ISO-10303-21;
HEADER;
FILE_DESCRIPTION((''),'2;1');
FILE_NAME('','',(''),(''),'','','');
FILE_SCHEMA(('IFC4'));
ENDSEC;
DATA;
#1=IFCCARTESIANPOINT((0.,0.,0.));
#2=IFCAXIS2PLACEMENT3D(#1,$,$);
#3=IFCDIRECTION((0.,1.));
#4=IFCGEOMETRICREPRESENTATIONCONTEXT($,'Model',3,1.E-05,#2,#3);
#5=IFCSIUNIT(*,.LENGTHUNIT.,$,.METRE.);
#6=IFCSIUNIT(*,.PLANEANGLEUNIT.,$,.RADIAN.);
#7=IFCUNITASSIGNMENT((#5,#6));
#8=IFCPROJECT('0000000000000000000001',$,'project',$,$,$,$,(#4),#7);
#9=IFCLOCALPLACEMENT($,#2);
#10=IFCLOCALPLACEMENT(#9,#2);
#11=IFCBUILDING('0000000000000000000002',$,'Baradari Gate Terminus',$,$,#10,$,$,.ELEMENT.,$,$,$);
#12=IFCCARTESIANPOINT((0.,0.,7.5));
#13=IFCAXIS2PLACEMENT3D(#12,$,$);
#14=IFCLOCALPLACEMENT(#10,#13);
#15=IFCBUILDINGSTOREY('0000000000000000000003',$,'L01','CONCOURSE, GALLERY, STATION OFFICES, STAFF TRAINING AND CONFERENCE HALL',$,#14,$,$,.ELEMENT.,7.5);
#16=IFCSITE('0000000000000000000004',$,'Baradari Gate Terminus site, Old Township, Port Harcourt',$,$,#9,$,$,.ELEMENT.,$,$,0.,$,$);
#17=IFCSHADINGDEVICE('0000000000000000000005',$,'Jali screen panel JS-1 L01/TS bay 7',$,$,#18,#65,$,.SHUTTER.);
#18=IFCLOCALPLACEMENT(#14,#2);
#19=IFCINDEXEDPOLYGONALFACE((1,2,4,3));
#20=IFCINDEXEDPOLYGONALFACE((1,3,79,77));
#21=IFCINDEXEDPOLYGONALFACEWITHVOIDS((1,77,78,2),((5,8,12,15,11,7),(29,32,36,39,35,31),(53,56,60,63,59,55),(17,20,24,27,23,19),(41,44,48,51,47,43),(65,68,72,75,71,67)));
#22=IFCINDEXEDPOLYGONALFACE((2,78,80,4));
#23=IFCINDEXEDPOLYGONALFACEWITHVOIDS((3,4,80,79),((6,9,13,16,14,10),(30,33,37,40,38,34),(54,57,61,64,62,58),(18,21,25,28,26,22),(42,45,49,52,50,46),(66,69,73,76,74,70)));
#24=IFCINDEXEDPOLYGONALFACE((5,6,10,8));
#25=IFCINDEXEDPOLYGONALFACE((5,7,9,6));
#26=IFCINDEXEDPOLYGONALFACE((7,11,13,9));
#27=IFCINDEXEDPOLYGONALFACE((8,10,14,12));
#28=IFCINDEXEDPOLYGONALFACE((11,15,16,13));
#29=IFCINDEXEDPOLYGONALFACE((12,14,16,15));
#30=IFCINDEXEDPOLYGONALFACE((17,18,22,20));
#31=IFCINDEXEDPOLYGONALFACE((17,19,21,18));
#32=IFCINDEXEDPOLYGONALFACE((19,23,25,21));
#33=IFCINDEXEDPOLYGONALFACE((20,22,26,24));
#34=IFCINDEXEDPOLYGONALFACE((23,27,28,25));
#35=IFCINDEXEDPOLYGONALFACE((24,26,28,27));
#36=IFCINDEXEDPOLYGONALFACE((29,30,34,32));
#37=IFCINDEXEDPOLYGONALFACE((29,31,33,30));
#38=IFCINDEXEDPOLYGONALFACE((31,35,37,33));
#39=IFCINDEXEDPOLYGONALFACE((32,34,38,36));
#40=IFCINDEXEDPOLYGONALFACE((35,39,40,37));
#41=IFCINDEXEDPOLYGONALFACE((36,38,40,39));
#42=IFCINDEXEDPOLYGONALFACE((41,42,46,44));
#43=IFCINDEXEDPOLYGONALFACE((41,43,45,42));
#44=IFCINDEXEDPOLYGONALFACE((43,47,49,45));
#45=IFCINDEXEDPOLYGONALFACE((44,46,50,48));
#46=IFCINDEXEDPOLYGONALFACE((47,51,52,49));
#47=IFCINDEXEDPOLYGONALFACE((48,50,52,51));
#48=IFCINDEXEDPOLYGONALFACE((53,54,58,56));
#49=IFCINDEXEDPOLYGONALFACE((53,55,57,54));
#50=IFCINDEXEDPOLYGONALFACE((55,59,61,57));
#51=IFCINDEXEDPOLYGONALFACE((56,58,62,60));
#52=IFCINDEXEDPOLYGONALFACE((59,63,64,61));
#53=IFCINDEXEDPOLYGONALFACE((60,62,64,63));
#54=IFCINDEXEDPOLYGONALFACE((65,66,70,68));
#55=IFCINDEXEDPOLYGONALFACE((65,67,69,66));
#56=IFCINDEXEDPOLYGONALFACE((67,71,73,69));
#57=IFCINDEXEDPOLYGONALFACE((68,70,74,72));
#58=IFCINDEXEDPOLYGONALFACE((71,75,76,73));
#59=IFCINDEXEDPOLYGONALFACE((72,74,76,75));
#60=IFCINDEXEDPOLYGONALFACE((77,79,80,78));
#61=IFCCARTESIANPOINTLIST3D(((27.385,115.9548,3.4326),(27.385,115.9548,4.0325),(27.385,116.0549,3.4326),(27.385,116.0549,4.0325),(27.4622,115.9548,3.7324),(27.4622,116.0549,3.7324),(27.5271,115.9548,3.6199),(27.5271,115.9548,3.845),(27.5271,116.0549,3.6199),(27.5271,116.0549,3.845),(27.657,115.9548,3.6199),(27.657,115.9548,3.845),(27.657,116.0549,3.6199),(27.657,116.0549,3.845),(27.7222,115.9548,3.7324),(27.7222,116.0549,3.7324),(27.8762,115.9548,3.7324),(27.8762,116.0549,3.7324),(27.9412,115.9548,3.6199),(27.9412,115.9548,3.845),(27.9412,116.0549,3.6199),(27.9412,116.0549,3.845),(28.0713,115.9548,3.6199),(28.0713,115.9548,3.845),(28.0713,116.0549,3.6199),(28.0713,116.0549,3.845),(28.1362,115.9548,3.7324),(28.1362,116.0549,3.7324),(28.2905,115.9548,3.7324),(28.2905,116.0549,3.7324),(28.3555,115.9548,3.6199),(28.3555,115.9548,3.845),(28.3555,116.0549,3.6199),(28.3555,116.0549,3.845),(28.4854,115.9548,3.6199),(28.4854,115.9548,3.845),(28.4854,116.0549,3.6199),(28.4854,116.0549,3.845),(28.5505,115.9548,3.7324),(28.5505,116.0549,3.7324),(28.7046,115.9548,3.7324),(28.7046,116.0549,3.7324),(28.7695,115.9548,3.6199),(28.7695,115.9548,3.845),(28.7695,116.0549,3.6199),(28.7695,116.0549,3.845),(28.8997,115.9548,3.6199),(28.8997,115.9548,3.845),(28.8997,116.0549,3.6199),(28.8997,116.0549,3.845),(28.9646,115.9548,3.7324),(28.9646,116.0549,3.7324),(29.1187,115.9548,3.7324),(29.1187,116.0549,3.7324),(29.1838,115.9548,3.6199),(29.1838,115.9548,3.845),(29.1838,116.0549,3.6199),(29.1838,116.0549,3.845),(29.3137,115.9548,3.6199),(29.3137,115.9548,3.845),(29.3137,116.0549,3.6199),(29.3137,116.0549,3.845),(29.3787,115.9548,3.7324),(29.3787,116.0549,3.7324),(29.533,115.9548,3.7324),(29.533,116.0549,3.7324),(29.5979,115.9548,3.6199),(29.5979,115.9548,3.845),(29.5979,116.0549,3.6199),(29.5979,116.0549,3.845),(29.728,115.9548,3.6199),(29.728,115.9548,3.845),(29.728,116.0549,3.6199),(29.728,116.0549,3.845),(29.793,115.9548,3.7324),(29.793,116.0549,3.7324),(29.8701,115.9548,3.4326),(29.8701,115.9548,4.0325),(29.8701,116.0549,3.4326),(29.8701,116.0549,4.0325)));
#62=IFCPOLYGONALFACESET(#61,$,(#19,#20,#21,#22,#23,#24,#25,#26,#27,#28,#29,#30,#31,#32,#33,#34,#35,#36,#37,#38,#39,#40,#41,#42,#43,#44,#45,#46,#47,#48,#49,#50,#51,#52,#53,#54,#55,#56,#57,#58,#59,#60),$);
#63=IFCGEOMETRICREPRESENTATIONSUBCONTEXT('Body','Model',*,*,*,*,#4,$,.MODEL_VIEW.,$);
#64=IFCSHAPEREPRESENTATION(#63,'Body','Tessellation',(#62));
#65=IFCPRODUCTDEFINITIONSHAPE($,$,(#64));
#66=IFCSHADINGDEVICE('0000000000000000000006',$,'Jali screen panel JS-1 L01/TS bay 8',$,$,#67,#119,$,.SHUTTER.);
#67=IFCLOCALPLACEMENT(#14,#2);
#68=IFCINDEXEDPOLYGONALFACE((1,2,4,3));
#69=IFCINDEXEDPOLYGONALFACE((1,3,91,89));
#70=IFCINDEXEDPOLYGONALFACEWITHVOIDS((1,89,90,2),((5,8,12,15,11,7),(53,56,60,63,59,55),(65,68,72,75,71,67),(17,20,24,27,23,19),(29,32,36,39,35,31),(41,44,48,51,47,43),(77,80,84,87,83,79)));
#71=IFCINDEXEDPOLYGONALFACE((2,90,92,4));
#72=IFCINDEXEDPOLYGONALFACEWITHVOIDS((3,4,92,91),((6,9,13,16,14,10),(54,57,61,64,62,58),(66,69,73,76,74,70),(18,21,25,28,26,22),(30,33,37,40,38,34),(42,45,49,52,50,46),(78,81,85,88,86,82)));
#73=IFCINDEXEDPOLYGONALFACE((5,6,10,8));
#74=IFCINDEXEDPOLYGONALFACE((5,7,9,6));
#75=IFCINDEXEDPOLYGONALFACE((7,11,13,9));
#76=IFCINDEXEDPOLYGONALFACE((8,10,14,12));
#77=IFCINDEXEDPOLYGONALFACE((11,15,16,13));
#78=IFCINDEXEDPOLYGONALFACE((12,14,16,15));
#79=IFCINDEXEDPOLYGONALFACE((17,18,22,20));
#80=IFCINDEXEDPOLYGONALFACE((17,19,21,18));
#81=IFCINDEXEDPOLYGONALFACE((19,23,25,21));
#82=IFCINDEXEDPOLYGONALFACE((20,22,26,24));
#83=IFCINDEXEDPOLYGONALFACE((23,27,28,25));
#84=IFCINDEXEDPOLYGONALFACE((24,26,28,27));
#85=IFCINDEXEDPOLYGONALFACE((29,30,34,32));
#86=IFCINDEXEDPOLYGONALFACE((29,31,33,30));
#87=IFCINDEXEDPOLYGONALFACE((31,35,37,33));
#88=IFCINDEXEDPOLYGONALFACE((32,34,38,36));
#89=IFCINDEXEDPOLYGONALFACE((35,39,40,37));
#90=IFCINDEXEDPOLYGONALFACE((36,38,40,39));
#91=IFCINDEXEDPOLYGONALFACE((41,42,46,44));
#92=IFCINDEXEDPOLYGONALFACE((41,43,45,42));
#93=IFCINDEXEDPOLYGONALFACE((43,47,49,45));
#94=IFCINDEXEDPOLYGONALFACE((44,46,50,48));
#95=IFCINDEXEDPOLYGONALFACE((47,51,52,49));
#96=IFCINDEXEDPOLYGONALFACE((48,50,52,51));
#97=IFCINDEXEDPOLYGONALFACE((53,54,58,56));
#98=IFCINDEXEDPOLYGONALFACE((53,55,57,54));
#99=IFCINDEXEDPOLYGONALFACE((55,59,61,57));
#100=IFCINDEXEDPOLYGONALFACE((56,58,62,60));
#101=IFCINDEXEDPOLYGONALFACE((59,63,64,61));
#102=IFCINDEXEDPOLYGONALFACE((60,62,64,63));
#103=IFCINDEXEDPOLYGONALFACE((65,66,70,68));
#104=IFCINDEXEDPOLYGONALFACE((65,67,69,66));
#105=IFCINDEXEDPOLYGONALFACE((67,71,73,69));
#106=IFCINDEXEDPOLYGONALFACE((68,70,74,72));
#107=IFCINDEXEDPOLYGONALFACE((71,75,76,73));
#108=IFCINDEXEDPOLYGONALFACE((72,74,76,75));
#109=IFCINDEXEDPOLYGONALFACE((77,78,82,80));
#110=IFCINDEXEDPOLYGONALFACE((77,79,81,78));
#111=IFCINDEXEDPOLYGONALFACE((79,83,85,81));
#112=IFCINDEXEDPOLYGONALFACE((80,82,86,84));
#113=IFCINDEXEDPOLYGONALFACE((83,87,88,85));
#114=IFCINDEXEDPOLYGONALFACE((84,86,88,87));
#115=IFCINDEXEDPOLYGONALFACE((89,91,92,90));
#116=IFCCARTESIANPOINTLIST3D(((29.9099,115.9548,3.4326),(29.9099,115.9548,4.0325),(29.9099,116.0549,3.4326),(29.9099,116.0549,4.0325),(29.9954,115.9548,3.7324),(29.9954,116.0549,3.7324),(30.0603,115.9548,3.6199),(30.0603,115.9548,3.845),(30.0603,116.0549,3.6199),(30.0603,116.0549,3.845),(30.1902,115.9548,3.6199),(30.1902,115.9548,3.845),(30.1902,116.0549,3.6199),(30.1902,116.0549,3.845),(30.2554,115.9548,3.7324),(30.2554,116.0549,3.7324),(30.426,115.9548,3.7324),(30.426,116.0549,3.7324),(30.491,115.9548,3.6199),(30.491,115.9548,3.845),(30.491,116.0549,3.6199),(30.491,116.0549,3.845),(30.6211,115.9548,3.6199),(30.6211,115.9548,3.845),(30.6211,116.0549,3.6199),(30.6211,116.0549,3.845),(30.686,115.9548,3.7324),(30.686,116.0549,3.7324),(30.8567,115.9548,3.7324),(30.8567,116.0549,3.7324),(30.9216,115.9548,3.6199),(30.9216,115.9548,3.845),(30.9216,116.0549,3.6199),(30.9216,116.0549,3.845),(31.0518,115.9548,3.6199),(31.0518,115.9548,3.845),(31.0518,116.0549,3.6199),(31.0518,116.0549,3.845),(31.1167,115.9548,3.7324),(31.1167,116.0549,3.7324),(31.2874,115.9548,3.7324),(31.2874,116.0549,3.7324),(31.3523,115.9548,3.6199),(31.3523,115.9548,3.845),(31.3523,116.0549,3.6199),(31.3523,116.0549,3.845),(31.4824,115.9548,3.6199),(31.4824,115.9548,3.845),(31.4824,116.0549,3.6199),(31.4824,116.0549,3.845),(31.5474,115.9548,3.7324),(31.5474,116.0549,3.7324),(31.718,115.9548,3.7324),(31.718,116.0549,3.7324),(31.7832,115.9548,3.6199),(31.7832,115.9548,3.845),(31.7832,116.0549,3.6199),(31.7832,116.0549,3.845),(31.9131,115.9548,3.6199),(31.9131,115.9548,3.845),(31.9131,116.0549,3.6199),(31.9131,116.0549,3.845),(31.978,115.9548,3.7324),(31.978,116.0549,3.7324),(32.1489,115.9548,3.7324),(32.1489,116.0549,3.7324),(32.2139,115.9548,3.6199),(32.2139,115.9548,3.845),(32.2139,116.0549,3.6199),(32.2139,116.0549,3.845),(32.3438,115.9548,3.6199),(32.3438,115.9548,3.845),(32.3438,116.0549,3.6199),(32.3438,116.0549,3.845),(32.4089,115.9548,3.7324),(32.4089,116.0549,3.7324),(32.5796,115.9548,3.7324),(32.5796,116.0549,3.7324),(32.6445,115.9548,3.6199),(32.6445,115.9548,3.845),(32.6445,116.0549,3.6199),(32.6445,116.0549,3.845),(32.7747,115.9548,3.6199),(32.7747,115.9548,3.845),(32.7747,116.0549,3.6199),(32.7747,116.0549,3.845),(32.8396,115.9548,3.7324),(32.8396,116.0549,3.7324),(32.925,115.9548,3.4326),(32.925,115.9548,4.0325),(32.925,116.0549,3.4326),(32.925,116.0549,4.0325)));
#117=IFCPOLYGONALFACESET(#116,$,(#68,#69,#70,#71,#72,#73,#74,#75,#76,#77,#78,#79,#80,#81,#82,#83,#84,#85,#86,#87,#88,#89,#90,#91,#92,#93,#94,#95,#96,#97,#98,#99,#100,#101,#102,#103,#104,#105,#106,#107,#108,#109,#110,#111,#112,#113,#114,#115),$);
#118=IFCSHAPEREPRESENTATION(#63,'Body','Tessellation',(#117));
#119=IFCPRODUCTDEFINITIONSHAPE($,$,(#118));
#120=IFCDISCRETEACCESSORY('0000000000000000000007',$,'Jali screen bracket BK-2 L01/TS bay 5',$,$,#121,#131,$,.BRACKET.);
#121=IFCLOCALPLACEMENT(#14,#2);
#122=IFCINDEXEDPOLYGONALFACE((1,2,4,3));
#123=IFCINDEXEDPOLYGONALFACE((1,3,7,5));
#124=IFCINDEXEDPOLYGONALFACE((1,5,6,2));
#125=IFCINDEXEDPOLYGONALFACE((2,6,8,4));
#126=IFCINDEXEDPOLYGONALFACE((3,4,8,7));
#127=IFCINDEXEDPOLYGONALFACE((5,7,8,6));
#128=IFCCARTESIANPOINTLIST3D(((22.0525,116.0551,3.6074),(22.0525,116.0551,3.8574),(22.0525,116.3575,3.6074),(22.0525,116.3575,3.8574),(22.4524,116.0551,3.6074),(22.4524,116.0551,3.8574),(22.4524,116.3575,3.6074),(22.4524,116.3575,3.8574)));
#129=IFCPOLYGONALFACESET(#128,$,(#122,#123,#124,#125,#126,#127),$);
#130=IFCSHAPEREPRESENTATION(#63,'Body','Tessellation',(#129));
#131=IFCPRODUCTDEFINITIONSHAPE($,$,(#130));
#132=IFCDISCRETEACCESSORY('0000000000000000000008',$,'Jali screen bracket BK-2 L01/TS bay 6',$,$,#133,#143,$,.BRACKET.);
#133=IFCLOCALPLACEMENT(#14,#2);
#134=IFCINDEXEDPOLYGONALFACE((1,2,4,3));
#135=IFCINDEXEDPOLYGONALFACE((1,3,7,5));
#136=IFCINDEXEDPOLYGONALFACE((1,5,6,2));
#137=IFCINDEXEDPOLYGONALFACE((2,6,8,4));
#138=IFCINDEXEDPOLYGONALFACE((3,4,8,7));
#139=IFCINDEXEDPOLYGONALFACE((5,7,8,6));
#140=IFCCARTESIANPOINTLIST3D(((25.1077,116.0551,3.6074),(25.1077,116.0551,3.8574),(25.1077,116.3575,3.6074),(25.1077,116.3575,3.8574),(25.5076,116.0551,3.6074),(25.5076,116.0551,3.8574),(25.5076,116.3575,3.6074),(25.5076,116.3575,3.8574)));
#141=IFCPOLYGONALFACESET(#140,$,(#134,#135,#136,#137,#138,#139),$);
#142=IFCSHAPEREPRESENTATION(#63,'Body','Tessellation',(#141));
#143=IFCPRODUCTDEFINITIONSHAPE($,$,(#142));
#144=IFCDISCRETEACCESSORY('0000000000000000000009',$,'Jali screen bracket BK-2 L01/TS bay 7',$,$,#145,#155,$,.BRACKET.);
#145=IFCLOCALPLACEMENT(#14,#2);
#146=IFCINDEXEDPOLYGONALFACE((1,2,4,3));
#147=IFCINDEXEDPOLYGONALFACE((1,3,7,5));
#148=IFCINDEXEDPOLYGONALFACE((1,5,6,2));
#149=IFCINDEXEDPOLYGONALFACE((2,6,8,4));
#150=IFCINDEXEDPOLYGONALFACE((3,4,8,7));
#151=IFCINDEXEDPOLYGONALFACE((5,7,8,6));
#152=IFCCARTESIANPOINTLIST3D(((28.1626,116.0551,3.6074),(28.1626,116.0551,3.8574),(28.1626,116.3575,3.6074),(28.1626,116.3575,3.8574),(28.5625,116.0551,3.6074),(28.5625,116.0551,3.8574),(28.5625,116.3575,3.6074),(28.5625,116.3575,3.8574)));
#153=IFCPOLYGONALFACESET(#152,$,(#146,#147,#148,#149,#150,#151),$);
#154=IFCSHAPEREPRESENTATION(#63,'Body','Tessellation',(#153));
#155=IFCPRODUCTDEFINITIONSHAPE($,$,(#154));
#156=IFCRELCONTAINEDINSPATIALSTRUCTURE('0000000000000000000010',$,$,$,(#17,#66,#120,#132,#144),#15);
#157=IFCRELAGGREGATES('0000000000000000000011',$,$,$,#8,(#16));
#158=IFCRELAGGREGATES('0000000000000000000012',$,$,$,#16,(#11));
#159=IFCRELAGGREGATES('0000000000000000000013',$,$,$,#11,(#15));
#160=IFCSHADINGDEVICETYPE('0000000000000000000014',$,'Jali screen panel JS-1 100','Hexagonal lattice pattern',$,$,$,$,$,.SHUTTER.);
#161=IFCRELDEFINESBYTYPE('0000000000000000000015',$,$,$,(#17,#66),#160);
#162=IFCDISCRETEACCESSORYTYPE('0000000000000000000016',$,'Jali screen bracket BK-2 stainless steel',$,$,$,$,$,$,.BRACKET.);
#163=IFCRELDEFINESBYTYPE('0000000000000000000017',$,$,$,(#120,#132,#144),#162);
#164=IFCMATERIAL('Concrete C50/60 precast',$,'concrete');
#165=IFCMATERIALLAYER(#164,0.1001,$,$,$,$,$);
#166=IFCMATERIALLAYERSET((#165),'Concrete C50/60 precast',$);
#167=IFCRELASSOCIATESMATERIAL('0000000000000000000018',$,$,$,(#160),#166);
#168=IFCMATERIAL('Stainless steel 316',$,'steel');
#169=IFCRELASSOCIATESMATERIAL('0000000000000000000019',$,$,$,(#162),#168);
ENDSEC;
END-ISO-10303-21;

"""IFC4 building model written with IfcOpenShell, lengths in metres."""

from ifc_helpers import new_model, si_unit, direction, frame, origin, origin_2d, place, context, subcontext, project, spatial, polyline, rectangle, outline, extrude, material, layer, layer_set, type_object, element, save


model = new_model("IFC4")

# Units and contexts
model_context = context("Model", 3, precision=1e-05, world=origin(), true_north=direction((0.0, 1.0)))
body_context = subcontext(model_context, "Body", "Model", "MODEL_VIEW")
ifc_project = project(units=[si_unit("LENGTHUNIT", "METRE"), si_unit("PLANEANGLEUNIT", "RADIAN")], contexts=[model_context])

# Site, building, storey
site_placement = place(None, origin())
site = spatial("IfcSite", under=ifc_project, at=site_placement, Name="Baradari Gate Terminus site, Old Township, Port Harcourt", CompositionType="ELEMENT", RefElevation=0.0)
building_placement = place(site_placement, origin())
building = spatial("IfcBuilding", under=site, at=building_placement, Name="Baradari Gate Terminus", CompositionType="ELEMENT")
storey_placement = place(building_placement, frame((0.0, 0.0, 7.5)))
storey = spatial("IfcBuildingStorey", under=building, at=storey_placement, Name="L01", Description="CONCOURSE, GALLERY, STATION OFFICES, STAFF TRAINING AND CONFERENCE HALL", CompositionType="ELEMENT", Elevation=7.5)

# Shading devices
ifc_material_1 = material(Name="Concrete C50/60 precast", Category="concrete")
ifc_layer_1 = layer(ifc_material_1, 0.1001)
ifc_layer_set_1 = layer_set([ifc_layer_1], Name="Concrete C50/60 precast")
shading_device_type = type_object("IfcShadingDeviceType", Name="Jali screen panel JS-1 100", Description="Hexagonal lattice pattern", PredefinedType="SHUTTER", material=ifc_layer_set_1)
shading_device_1_placement = place(storey_placement, frame((27.385, 116.0049, 3.4326), z_axis=(0.0, 0.0, 1.0), x_axis=(1.0, 0.0, 0.0)))
element("IfcShadingDevice", 1, at=shading_device_1_placement, inside=storey, type_object=shading_device_type, Name="Jali screen panel JS-1 L01/TS bay 7", PredefinedType="SHUTTER", context=body_context, shape_type="SweptSolid", body=[
    extrude(outline(polyline([(0.0, 0.0), (2.4851, 0.0), (2.4851, 0.5999), (0.0, 0.5999), (0.0, 0.0)]), holes=[polyline([(0.3372, 0.2998), (0.272, 0.1873), (0.1421, 0.1873), (0.0771, 0.2998), (0.1421, 0.4124), (0.272, 0.4124), (0.3372, 0.2998)]), polyline([(0.7512, 0.2998), (0.6863, 0.1873), (0.5562, 0.1873), (0.4912, 0.2998), (0.5562, 0.4124), (0.6863, 0.4124), (0.7512, 0.2998)]), polyline([(1.1655, 0.2998), (1.1003, 0.1873), (0.9705, 0.1873), (0.9055, 0.2998), (0.9705, 0.4124), (1.1003, 0.4124), (1.1655, 0.2998)]), polyline([(1.5796, 0.2998), (1.5146, 0.1873), (1.3845, 0.1873), (1.3196, 0.2998), (1.3845, 0.4124), (1.5146, 0.4124), (1.5796, 0.2998)]), polyline([(1.9937, 0.2998), (1.9287, 0.1873), (1.7988, 0.1873), (1.7336, 0.2998), (1.7988, 0.4124), (1.9287, 0.4124), (1.9937, 0.2998)]), polyline([(2.408, 0.2998), (2.343, 0.1873), (2.2129, 0.1873), (2.1479, 0.2998), (2.2129, 0.4124), (2.343, 0.4124), (2.408, 0.2998)])]), frame((0.0, 0.05, 0.0), z_axis=(0.0, -1.0, 0.0), x_axis=(1.0, 0.0, 0.0)), (0.0, 0.0, 1.0), 0.1001),
])
shading_device_2_placement = place(storey_placement, frame((29.9099, 116.0049, 3.4326), z_axis=(0.0, 0.0, 1.0), x_axis=(1.0, 0.0, 0.0)))
element("IfcShadingDevice", 2, at=shading_device_2_placement, inside=storey, type_object=shading_device_type, Name="Jali screen panel JS-1 L01/TS bay 8", PredefinedType="SHUTTER", context=body_context, shape_type="SweptSolid", body=[
    extrude(outline(polyline([(0.0, 0.0), (3.0151, 0.0), (3.0151, 0.5999), (0.0, 0.5999), (0.0, 0.0)]), holes=[polyline([(0.3455, 0.2998), (0.2803, 0.1873), (0.1504, 0.1873), (0.0854, 0.2998), (0.1504, 0.4124), (0.2803, 0.4124), (0.3455, 0.2998)]), polyline([(0.7761, 0.2998), (0.7112, 0.1873), (0.5811, 0.1873), (0.5161, 0.2998), (0.5811, 0.4124), (0.7112, 0.4124), (0.7761, 0.2998)]), polyline([(1.2068, 0.2998), (1.1418, 0.1873), (1.0117, 0.1873), (0.9468, 0.2998), (1.0117, 0.4124), (1.1418, 0.4124), (1.2068, 0.2998)]), polyline([(1.6375, 0.2998), (1.5725, 0.1873), (1.4424, 0.1873), (1.3774, 0.2998), (1.4424, 0.4124), (1.5725, 0.4124), (1.6375, 0.2998)]), polyline([(2.0681, 0.2998), (2.0032, 0.1873), (1.8733, 0.1873), (1.8081, 0.2998), (1.8733, 0.4124), (2.0032, 0.4124), (2.0681, 0.2998)]), polyline([(2.499, 0.2998), (2.4338, 0.1873), (2.304, 0.1873), (2.239, 0.2998), (2.304, 0.4124), (2.4338, 0.4124), (2.499, 0.2998)]), polyline([(2.9297, 0.2998), (2.8647, 0.1873), (2.7346, 0.1873), (2.6697, 0.2998), (2.7346, 0.4124), (2.8647, 0.4124), (2.9297, 0.2998)])]), frame((0.0, 0.05, 0.0), z_axis=(0.0, -1.0, 0.0), x_axis=(1.0, 0.0, 0.0)), (0.0, 0.0, 1.0), 0.1001),
])

# Discrete accessories
ifc_material_2 = material(Name="Stainless steel 316", Category="steel")
discrete_accessory_type = type_object("IfcDiscreteAccessoryType", Name="Jali screen bracket BK-2 stainless steel", PredefinedType="BRACKET", material=ifc_material_2)
for number, where, z_axis, x_axis, name in (
    (3, (22.2524, 116.2063, 3.6074), (0.0, 0.0, 1.0), (0.0, -1.0, 0.0), "Jali screen bracket BK-2 L01/TS bay 5"),
    (4, (25.3076, 116.2063, 3.6074), (0.0, 0.0, 1.0), (0.0, -1.0, 0.0), "Jali screen bracket BK-2 L01/TS bay 6"),
    (5, (28.3625, 116.2063, 3.6074), (0.0, 0.0, 1.0), (0.0, -1.0, 0.0), "Jali screen bracket BK-2 L01/TS bay 7"),
):
    element("IfcDiscreteAccessory", number, at=place(storey_placement, frame(where, z_axis=z_axis, x_axis=x_axis)), inside=storey, type_object=discrete_accessory_type, Name=name, PredefinedType="BRACKET", context=body_context, shape_type="SweptSolid", body=[
        extrude(rectangle(XDim=0.3025, YDim=0.3999, at=origin_2d()), origin(), (0.0, 0.0, 1.0), 0.25),
    ])

save(model, "model.ifc")
